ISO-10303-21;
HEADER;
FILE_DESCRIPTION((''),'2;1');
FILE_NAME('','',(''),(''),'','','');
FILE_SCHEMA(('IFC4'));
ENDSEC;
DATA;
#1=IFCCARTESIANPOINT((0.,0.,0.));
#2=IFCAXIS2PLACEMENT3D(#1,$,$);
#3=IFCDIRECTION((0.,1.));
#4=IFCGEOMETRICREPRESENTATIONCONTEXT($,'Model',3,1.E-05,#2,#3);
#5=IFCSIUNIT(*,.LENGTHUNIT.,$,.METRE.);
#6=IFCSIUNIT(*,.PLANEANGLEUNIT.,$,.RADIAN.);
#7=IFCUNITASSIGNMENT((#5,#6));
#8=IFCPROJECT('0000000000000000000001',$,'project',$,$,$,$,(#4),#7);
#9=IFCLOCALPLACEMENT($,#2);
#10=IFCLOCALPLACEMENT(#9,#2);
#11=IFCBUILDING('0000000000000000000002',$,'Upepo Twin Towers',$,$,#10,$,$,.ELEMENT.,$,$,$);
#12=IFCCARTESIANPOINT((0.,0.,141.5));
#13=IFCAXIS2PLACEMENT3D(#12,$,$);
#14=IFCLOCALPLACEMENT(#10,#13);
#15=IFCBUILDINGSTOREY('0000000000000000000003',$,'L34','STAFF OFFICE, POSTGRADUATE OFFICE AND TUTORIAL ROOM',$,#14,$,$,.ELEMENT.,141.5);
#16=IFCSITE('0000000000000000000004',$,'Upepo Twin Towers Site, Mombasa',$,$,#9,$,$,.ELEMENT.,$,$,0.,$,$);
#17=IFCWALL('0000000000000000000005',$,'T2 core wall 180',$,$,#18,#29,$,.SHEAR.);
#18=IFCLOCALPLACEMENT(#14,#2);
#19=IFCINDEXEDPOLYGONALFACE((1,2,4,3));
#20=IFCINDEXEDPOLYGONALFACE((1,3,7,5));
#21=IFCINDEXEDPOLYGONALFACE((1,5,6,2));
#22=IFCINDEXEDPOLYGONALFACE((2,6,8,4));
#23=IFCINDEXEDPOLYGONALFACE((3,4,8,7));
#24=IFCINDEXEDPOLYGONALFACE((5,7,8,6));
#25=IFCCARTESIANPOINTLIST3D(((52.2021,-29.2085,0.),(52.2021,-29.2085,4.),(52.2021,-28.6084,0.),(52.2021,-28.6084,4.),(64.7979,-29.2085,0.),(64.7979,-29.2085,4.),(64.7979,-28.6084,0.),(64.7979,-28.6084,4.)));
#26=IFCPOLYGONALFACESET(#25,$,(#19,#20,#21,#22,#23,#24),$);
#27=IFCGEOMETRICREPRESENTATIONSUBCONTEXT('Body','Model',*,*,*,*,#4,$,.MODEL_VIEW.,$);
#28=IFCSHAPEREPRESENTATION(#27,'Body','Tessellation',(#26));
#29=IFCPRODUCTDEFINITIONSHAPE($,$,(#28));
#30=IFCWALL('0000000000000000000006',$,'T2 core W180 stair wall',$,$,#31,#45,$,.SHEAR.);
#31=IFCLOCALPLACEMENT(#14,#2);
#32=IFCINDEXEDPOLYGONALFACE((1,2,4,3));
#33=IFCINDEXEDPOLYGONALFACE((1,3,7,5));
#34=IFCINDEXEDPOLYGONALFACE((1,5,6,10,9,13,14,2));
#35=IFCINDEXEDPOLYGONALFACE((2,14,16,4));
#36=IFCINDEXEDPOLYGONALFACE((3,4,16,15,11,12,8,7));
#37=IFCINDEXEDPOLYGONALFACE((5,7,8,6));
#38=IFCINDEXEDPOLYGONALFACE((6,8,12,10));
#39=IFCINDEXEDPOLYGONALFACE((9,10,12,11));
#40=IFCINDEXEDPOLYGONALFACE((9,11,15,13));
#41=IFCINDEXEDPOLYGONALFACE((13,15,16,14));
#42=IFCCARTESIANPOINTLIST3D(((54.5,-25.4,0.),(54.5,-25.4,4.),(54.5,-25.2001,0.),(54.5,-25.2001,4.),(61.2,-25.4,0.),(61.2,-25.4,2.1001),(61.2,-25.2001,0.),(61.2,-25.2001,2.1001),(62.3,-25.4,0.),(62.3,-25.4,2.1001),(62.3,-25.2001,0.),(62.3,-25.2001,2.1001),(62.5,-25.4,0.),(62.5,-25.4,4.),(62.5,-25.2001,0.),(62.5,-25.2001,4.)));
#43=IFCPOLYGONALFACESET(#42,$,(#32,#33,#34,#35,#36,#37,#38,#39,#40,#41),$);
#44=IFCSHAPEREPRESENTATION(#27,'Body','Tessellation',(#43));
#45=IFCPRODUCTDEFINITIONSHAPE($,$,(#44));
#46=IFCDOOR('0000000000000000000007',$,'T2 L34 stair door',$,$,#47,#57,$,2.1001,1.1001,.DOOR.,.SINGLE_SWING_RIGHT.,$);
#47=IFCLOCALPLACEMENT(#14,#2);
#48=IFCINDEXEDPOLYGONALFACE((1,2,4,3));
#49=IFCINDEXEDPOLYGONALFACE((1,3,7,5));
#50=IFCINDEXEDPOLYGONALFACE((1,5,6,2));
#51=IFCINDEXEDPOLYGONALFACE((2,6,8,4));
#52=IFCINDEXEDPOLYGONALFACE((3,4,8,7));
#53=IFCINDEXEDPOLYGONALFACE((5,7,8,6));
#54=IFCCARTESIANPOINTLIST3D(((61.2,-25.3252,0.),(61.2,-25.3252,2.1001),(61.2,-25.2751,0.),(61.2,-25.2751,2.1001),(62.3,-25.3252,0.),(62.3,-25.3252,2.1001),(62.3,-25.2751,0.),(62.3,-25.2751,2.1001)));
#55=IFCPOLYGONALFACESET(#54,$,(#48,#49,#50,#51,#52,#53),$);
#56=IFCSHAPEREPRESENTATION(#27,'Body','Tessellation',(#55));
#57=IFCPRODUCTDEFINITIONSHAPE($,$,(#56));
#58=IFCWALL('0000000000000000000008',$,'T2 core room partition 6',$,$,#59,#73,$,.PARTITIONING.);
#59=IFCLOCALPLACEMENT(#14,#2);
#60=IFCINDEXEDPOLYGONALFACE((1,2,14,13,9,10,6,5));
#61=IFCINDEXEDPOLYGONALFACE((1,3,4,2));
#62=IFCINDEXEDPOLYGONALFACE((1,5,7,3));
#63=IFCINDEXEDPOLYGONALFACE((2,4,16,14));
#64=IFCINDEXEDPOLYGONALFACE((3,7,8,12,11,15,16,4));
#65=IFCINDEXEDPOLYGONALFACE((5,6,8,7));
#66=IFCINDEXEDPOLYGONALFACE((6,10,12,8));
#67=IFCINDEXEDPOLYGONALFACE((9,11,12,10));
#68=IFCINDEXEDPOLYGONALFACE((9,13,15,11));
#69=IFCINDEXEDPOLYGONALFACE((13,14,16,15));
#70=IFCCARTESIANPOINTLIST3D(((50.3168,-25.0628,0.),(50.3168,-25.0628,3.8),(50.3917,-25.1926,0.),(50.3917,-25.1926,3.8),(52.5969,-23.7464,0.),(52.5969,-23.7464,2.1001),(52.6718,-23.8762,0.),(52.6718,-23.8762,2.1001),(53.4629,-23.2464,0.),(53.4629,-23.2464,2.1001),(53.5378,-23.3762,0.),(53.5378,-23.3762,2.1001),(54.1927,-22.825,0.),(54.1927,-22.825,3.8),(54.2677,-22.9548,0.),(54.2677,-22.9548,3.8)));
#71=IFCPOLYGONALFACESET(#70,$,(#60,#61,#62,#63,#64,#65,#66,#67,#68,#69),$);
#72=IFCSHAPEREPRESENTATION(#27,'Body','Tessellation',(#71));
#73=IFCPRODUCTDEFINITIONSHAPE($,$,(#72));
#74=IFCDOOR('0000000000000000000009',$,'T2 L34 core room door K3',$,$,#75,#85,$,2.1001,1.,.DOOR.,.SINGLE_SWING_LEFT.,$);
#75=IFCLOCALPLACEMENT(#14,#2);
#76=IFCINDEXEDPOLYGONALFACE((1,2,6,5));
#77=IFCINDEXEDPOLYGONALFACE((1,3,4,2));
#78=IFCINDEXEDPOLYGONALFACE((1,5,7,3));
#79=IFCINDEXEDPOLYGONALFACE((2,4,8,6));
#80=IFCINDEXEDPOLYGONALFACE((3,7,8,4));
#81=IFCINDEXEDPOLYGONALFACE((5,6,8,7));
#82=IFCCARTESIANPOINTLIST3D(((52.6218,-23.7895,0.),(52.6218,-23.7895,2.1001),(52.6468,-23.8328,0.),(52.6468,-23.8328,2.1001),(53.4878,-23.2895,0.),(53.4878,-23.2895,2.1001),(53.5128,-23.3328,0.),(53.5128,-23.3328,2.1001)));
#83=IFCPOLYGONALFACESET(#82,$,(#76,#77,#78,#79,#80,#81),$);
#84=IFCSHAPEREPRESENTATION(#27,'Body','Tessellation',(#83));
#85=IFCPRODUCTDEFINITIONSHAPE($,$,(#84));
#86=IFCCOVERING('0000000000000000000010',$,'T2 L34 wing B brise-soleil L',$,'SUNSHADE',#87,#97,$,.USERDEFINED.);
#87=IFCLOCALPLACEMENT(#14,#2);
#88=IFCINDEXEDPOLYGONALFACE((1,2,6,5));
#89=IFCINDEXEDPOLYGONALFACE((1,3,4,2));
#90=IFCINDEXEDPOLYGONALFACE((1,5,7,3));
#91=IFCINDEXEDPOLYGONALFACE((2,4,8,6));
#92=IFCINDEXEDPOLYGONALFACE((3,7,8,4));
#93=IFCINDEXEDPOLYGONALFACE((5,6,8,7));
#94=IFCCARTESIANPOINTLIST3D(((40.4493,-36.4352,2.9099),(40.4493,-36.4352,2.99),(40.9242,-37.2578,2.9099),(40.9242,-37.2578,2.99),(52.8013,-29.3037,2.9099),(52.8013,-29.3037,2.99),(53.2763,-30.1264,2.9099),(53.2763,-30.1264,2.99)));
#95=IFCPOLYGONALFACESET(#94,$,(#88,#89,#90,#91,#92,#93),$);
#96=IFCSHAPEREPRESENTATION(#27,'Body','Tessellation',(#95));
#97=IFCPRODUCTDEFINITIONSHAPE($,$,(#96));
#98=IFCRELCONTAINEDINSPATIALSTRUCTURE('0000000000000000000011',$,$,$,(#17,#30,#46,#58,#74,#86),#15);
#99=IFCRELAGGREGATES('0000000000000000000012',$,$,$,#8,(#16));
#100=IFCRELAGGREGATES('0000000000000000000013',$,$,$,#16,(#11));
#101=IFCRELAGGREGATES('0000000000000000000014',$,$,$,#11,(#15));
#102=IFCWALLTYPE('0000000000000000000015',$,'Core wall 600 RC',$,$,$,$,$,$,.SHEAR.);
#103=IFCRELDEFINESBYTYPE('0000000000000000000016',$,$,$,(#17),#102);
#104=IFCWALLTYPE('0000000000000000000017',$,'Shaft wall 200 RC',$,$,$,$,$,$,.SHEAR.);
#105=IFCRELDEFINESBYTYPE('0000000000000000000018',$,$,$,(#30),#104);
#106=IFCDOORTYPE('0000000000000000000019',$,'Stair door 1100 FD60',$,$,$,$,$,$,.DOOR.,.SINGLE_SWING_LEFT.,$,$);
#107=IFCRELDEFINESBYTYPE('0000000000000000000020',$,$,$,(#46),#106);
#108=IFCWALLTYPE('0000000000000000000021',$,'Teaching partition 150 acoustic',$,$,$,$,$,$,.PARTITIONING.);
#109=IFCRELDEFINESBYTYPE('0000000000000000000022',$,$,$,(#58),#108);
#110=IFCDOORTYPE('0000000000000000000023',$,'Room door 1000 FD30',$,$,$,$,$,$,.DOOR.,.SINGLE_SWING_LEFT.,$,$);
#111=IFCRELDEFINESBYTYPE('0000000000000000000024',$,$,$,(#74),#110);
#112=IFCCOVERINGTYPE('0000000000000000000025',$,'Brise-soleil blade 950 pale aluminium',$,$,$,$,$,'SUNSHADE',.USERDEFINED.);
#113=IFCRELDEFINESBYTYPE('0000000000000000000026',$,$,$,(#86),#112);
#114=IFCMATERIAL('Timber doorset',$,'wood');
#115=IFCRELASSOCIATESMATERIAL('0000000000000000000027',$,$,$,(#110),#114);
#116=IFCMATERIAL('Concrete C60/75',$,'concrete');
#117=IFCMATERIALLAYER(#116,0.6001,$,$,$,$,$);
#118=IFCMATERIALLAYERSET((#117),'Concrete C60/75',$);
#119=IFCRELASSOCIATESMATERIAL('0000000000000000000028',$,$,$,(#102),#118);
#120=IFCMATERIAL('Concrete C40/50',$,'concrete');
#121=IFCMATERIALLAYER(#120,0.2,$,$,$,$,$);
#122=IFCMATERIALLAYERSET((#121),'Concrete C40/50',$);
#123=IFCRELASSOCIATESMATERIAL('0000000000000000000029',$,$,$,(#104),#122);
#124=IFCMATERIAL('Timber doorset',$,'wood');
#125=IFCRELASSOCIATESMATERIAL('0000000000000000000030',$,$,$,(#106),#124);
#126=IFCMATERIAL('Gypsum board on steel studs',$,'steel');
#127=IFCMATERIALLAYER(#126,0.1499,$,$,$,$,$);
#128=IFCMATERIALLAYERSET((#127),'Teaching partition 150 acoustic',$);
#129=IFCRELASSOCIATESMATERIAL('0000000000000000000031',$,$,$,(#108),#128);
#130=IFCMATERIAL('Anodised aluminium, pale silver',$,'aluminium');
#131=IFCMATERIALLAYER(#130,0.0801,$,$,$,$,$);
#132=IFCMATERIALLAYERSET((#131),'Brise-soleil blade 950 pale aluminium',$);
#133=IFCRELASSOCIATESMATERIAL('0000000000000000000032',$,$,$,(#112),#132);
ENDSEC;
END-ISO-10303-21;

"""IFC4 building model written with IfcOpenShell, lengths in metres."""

from ifc_helpers import new_model, si_unit, direction, frame, frame_2d, origin, origin_2d, place, context, subcontext, project, spatial, rectangle, extrude, material, layer, layer_set, type_object, element, fill, save


model = new_model("IFC4")

# Units and contexts
model_context = context("Model", 3, precision=1e-05, world=origin(), true_north=direction((0.0, 1.0)))
body_context = subcontext(model_context, "Body", "Model", "MODEL_VIEW")
ifc_project = project(units=[si_unit("LENGTHUNIT", "METRE"), si_unit("PLANEANGLEUNIT", "RADIAN")], contexts=[model_context])

# Site, building, storey
site_placement = place(None, origin())
site = spatial("IfcSite", under=ifc_project, at=site_placement, Name="Upepo Twin Towers Site, Mombasa", CompositionType="ELEMENT", RefElevation=0.0)
building_placement = place(site_placement, origin())
building = spatial("IfcBuilding", under=site, at=building_placement, Name="Upepo Twin Towers", CompositionType="ELEMENT")
storey_placement = place(building_placement, frame((0.0, 0.0, 141.5)))
storey = spatial("IfcBuildingStorey", under=building, at=storey_placement, Name="L34", Description="STAFF OFFICE, POSTGRADUATE OFFICE AND TUTORIAL ROOM", CompositionType="ELEMENT", Elevation=141.5)

# Shared definitions
ifc_material_1 = material(Name="Timber doorset", Category="wood")
door_type_1 = type_object("IfcDoorType", Name="Room door 1000 FD30", OperationType="SINGLE_SWING_LEFT", PredefinedType="DOOR", material=ifc_material_1)

# Wall
ifc_material_2 = material(Name="Concrete C60/75", Category="concrete")
ifc_layer_1 = layer(ifc_material_2, 0.6001)
ifc_layer_set_1 = layer_set([ifc_layer_1], Name="Concrete C60/75")
wall_type_1 = type_object("IfcWallType", Name="Core wall 600 RC", PredefinedType="SHEAR", material=ifc_layer_set_1)
wall_1_placement = place(storey_placement, frame((52.2021, -28.9084, 0.0), z_axis=(0.0, 0.0, 1.0), x_axis=(1.0, 0.0, 0.0)))
element("IfcWall", 1, at=wall_1_placement, inside=storey, type_object=wall_type_1, Name="T2 core wall 180", PredefinedType="SHEAR", context=body_context, shape_type="SweptSolid", body=[
    extrude(rectangle(XDim=12.5957, YDim=0.6001, at=frame_2d((6.2979, 0.0))), origin(), (0.0, 0.0, 1.0), 4.0),
])

# Walls, openings, doors
ifc_material_3 = material(Name="Concrete C40/50", Category="concrete")
ifc_layer_2 = layer(ifc_material_3, 0.2)
ifc_layer_set_2 = layer_set([ifc_layer_2], Name="Concrete C40/50")
wall_type_2 = type_object("IfcWallType", Name="Shaft wall 200 RC", PredefinedType="SHEAR", material=ifc_layer_set_2)
wall_2_placement = place(storey_placement, frame((54.5, -25.3, 0.0), z_axis=(0.0, 0.0, 1.0), x_axis=(1.0, 0.0, 0.0)))
wall_2 = element("IfcWall", 2, at=wall_2_placement, inside=storey, type_object=wall_type_2, Name="T2 core W180 stair wall", PredefinedType="SHEAR", context=body_context, shape_type="SweptSolid", body=[
    extrude(rectangle(XDim=8.0, YDim=0.2, at=frame_2d((4.0, 0.0))), origin(), (0.0, 0.0, 1.0), 4.0),
])
opening_1_placement = place(wall_2_placement, frame((6.7, 0.0, 0.0)))
opening_1 = element("IfcOpeningElement", 3, at=opening_1_placement, cuts=wall_2, PredefinedType="OPENING", context=body_context, shape_type="SweptSolid", body=[
    extrude(rectangle(XDim=1.1001, YDim=2.1001, at=frame_2d((0.55, 1.05))), frame((0.0, 0.1099, 0.0), z_axis=(0.0, -1.0, 0.0), x_axis=(1.0, 0.0, 0.0)), (0.0, 0.0, 1.0), 0.22),
])
ifc_material_4 = material(Name="Timber doorset", Category="wood")
door_type_2 = type_object("IfcDoorType", Name="Stair door 1100 FD60", OperationType="SINGLE_SWING_LEFT", PredefinedType="DOOR", material=ifc_material_4)
door_1_placement = place(opening_1_placement, origin())
door_1 = element("IfcDoor", 4, at=door_1_placement, inside=storey, type_object=door_type_2, Name="T2 L34 stair door", OperationType="SINGLE_SWING_RIGHT", OverallHeight=2.1001, OverallWidth=1.1001, PredefinedType="DOOR", context=body_context, shape_type="SweptSolid", body=[
    extrude(rectangle(XDim=1.1001, YDim=2.1001, at=frame_2d((0.55, 1.05))), frame((0.0, 0.0249, 0.0), z_axis=(0.0, -1.0, 0.0), x_axis=(1.0, 0.0, 0.0)), (0.0, 0.0, 1.0), 0.05),
])
fill(opening_1, door_1)
ifc_material_5 = material(Name="Gypsum board on steel studs", Category="steel")
ifc_layer_3 = layer(ifc_material_5, 0.1499)
ifc_layer_set_3 = layer_set([ifc_layer_3], Name="Teaching partition 150 acoustic")
wall_type_3 = type_object("IfcWallType", Name="Teaching partition 150 acoustic", PredefinedType="PARTITIONING", material=ifc_layer_set_3)
wall_3_placement = place(storey_placement, frame((54.2302, -22.8899, 0.0), z_axis=(0.0, 0.0, 1.0), x_axis=(-0.866026, -0.499999, 0.0)))
wall_3 = element("IfcWall", 5, at=wall_3_placement, inside=storey, type_object=wall_type_3, Name="T2 core room partition 6", PredefinedType="PARTITIONING", context=body_context, shape_type="SweptSolid", body=[
    extrude(rectangle(XDim=4.4756, YDim=0.1499, at=frame_2d((2.2378, 0.0))), origin(), (0.0, 0.0, 1.0), 3.8),
])
opening_2_placement = place(wall_3_placement, frame((0.8428, 0.0, 0.0)))
opening_2 = element("IfcOpeningElement", 6, at=opening_2_placement, cuts=wall_3, PredefinedType="OPENING", context=body_context, shape_type="SweptSolid", body=[
    extrude(rectangle(XDim=1.0, YDim=2.1001, at=frame_2d((0.5, 1.05))), frame((0.0, 0.085, 0.0), z_axis=(0.0, -1.0, 0.0), x_axis=(1.0, 0.0, 0.0)), (0.0, 0.0, 1.0), 0.1699),
])
door_2_placement = place(opening_2_placement, origin())
door_2 = element("IfcDoor", 7, at=door_2_placement, inside=storey, type_object=door_type_1, Name="T2 L34 core room door K3", OperationType="SINGLE_SWING_LEFT", OverallHeight=2.1001, OverallWidth=1.0, PredefinedType="DOOR", context=body_context, shape_type="SweptSolid", body=[
    extrude(rectangle(XDim=1.0, YDim=2.1001, at=frame_2d((0.5, 1.05))), frame((0.0, 0.0249, 0.0), z_axis=(0.0, -1.0, 0.0), x_axis=(1.0, 0.0, 0.0)), (0.0, 0.0, 1.0), 0.05),
])
fill(opening_2, door_2)

# Covering
ifc_material_6 = material(Name="Anodised aluminium, pale silver", Category="aluminium")
ifc_layer_4 = layer(ifc_material_6, 0.0801)
ifc_layer_set_4 = layer_set([ifc_layer_4], Name="Brise-soleil blade 950 pale aluminium")
covering_type = type_object("IfcCoveringType", Name="Brise-soleil blade 950 pale aluminium", ElementType="SUNSHADE", PredefinedType="USERDEFINED", material=ifc_layer_set_4)
covering_placement = place(storey_placement, frame((46.8628, -33.2808, 2.9099), z_axis=(0.0, 0.0, 1.0), x_axis=(-0.866025, -0.5, 0.0)))
element("IfcCovering", 8, at=covering_placement, inside=storey, type_object=covering_type, Name="T2 L34 wing B brise-soleil L", ObjectType="SUNSHADE", PredefinedType="USERDEFINED", context=body_context, shape_type="SweptSolid", body=[
    extrude(rectangle(XDim=14.2629, YDim=0.95, at=origin_2d()), origin(), (0.0, 0.0, 1.0), 0.0801),
])

save(model, "model.ifc")
